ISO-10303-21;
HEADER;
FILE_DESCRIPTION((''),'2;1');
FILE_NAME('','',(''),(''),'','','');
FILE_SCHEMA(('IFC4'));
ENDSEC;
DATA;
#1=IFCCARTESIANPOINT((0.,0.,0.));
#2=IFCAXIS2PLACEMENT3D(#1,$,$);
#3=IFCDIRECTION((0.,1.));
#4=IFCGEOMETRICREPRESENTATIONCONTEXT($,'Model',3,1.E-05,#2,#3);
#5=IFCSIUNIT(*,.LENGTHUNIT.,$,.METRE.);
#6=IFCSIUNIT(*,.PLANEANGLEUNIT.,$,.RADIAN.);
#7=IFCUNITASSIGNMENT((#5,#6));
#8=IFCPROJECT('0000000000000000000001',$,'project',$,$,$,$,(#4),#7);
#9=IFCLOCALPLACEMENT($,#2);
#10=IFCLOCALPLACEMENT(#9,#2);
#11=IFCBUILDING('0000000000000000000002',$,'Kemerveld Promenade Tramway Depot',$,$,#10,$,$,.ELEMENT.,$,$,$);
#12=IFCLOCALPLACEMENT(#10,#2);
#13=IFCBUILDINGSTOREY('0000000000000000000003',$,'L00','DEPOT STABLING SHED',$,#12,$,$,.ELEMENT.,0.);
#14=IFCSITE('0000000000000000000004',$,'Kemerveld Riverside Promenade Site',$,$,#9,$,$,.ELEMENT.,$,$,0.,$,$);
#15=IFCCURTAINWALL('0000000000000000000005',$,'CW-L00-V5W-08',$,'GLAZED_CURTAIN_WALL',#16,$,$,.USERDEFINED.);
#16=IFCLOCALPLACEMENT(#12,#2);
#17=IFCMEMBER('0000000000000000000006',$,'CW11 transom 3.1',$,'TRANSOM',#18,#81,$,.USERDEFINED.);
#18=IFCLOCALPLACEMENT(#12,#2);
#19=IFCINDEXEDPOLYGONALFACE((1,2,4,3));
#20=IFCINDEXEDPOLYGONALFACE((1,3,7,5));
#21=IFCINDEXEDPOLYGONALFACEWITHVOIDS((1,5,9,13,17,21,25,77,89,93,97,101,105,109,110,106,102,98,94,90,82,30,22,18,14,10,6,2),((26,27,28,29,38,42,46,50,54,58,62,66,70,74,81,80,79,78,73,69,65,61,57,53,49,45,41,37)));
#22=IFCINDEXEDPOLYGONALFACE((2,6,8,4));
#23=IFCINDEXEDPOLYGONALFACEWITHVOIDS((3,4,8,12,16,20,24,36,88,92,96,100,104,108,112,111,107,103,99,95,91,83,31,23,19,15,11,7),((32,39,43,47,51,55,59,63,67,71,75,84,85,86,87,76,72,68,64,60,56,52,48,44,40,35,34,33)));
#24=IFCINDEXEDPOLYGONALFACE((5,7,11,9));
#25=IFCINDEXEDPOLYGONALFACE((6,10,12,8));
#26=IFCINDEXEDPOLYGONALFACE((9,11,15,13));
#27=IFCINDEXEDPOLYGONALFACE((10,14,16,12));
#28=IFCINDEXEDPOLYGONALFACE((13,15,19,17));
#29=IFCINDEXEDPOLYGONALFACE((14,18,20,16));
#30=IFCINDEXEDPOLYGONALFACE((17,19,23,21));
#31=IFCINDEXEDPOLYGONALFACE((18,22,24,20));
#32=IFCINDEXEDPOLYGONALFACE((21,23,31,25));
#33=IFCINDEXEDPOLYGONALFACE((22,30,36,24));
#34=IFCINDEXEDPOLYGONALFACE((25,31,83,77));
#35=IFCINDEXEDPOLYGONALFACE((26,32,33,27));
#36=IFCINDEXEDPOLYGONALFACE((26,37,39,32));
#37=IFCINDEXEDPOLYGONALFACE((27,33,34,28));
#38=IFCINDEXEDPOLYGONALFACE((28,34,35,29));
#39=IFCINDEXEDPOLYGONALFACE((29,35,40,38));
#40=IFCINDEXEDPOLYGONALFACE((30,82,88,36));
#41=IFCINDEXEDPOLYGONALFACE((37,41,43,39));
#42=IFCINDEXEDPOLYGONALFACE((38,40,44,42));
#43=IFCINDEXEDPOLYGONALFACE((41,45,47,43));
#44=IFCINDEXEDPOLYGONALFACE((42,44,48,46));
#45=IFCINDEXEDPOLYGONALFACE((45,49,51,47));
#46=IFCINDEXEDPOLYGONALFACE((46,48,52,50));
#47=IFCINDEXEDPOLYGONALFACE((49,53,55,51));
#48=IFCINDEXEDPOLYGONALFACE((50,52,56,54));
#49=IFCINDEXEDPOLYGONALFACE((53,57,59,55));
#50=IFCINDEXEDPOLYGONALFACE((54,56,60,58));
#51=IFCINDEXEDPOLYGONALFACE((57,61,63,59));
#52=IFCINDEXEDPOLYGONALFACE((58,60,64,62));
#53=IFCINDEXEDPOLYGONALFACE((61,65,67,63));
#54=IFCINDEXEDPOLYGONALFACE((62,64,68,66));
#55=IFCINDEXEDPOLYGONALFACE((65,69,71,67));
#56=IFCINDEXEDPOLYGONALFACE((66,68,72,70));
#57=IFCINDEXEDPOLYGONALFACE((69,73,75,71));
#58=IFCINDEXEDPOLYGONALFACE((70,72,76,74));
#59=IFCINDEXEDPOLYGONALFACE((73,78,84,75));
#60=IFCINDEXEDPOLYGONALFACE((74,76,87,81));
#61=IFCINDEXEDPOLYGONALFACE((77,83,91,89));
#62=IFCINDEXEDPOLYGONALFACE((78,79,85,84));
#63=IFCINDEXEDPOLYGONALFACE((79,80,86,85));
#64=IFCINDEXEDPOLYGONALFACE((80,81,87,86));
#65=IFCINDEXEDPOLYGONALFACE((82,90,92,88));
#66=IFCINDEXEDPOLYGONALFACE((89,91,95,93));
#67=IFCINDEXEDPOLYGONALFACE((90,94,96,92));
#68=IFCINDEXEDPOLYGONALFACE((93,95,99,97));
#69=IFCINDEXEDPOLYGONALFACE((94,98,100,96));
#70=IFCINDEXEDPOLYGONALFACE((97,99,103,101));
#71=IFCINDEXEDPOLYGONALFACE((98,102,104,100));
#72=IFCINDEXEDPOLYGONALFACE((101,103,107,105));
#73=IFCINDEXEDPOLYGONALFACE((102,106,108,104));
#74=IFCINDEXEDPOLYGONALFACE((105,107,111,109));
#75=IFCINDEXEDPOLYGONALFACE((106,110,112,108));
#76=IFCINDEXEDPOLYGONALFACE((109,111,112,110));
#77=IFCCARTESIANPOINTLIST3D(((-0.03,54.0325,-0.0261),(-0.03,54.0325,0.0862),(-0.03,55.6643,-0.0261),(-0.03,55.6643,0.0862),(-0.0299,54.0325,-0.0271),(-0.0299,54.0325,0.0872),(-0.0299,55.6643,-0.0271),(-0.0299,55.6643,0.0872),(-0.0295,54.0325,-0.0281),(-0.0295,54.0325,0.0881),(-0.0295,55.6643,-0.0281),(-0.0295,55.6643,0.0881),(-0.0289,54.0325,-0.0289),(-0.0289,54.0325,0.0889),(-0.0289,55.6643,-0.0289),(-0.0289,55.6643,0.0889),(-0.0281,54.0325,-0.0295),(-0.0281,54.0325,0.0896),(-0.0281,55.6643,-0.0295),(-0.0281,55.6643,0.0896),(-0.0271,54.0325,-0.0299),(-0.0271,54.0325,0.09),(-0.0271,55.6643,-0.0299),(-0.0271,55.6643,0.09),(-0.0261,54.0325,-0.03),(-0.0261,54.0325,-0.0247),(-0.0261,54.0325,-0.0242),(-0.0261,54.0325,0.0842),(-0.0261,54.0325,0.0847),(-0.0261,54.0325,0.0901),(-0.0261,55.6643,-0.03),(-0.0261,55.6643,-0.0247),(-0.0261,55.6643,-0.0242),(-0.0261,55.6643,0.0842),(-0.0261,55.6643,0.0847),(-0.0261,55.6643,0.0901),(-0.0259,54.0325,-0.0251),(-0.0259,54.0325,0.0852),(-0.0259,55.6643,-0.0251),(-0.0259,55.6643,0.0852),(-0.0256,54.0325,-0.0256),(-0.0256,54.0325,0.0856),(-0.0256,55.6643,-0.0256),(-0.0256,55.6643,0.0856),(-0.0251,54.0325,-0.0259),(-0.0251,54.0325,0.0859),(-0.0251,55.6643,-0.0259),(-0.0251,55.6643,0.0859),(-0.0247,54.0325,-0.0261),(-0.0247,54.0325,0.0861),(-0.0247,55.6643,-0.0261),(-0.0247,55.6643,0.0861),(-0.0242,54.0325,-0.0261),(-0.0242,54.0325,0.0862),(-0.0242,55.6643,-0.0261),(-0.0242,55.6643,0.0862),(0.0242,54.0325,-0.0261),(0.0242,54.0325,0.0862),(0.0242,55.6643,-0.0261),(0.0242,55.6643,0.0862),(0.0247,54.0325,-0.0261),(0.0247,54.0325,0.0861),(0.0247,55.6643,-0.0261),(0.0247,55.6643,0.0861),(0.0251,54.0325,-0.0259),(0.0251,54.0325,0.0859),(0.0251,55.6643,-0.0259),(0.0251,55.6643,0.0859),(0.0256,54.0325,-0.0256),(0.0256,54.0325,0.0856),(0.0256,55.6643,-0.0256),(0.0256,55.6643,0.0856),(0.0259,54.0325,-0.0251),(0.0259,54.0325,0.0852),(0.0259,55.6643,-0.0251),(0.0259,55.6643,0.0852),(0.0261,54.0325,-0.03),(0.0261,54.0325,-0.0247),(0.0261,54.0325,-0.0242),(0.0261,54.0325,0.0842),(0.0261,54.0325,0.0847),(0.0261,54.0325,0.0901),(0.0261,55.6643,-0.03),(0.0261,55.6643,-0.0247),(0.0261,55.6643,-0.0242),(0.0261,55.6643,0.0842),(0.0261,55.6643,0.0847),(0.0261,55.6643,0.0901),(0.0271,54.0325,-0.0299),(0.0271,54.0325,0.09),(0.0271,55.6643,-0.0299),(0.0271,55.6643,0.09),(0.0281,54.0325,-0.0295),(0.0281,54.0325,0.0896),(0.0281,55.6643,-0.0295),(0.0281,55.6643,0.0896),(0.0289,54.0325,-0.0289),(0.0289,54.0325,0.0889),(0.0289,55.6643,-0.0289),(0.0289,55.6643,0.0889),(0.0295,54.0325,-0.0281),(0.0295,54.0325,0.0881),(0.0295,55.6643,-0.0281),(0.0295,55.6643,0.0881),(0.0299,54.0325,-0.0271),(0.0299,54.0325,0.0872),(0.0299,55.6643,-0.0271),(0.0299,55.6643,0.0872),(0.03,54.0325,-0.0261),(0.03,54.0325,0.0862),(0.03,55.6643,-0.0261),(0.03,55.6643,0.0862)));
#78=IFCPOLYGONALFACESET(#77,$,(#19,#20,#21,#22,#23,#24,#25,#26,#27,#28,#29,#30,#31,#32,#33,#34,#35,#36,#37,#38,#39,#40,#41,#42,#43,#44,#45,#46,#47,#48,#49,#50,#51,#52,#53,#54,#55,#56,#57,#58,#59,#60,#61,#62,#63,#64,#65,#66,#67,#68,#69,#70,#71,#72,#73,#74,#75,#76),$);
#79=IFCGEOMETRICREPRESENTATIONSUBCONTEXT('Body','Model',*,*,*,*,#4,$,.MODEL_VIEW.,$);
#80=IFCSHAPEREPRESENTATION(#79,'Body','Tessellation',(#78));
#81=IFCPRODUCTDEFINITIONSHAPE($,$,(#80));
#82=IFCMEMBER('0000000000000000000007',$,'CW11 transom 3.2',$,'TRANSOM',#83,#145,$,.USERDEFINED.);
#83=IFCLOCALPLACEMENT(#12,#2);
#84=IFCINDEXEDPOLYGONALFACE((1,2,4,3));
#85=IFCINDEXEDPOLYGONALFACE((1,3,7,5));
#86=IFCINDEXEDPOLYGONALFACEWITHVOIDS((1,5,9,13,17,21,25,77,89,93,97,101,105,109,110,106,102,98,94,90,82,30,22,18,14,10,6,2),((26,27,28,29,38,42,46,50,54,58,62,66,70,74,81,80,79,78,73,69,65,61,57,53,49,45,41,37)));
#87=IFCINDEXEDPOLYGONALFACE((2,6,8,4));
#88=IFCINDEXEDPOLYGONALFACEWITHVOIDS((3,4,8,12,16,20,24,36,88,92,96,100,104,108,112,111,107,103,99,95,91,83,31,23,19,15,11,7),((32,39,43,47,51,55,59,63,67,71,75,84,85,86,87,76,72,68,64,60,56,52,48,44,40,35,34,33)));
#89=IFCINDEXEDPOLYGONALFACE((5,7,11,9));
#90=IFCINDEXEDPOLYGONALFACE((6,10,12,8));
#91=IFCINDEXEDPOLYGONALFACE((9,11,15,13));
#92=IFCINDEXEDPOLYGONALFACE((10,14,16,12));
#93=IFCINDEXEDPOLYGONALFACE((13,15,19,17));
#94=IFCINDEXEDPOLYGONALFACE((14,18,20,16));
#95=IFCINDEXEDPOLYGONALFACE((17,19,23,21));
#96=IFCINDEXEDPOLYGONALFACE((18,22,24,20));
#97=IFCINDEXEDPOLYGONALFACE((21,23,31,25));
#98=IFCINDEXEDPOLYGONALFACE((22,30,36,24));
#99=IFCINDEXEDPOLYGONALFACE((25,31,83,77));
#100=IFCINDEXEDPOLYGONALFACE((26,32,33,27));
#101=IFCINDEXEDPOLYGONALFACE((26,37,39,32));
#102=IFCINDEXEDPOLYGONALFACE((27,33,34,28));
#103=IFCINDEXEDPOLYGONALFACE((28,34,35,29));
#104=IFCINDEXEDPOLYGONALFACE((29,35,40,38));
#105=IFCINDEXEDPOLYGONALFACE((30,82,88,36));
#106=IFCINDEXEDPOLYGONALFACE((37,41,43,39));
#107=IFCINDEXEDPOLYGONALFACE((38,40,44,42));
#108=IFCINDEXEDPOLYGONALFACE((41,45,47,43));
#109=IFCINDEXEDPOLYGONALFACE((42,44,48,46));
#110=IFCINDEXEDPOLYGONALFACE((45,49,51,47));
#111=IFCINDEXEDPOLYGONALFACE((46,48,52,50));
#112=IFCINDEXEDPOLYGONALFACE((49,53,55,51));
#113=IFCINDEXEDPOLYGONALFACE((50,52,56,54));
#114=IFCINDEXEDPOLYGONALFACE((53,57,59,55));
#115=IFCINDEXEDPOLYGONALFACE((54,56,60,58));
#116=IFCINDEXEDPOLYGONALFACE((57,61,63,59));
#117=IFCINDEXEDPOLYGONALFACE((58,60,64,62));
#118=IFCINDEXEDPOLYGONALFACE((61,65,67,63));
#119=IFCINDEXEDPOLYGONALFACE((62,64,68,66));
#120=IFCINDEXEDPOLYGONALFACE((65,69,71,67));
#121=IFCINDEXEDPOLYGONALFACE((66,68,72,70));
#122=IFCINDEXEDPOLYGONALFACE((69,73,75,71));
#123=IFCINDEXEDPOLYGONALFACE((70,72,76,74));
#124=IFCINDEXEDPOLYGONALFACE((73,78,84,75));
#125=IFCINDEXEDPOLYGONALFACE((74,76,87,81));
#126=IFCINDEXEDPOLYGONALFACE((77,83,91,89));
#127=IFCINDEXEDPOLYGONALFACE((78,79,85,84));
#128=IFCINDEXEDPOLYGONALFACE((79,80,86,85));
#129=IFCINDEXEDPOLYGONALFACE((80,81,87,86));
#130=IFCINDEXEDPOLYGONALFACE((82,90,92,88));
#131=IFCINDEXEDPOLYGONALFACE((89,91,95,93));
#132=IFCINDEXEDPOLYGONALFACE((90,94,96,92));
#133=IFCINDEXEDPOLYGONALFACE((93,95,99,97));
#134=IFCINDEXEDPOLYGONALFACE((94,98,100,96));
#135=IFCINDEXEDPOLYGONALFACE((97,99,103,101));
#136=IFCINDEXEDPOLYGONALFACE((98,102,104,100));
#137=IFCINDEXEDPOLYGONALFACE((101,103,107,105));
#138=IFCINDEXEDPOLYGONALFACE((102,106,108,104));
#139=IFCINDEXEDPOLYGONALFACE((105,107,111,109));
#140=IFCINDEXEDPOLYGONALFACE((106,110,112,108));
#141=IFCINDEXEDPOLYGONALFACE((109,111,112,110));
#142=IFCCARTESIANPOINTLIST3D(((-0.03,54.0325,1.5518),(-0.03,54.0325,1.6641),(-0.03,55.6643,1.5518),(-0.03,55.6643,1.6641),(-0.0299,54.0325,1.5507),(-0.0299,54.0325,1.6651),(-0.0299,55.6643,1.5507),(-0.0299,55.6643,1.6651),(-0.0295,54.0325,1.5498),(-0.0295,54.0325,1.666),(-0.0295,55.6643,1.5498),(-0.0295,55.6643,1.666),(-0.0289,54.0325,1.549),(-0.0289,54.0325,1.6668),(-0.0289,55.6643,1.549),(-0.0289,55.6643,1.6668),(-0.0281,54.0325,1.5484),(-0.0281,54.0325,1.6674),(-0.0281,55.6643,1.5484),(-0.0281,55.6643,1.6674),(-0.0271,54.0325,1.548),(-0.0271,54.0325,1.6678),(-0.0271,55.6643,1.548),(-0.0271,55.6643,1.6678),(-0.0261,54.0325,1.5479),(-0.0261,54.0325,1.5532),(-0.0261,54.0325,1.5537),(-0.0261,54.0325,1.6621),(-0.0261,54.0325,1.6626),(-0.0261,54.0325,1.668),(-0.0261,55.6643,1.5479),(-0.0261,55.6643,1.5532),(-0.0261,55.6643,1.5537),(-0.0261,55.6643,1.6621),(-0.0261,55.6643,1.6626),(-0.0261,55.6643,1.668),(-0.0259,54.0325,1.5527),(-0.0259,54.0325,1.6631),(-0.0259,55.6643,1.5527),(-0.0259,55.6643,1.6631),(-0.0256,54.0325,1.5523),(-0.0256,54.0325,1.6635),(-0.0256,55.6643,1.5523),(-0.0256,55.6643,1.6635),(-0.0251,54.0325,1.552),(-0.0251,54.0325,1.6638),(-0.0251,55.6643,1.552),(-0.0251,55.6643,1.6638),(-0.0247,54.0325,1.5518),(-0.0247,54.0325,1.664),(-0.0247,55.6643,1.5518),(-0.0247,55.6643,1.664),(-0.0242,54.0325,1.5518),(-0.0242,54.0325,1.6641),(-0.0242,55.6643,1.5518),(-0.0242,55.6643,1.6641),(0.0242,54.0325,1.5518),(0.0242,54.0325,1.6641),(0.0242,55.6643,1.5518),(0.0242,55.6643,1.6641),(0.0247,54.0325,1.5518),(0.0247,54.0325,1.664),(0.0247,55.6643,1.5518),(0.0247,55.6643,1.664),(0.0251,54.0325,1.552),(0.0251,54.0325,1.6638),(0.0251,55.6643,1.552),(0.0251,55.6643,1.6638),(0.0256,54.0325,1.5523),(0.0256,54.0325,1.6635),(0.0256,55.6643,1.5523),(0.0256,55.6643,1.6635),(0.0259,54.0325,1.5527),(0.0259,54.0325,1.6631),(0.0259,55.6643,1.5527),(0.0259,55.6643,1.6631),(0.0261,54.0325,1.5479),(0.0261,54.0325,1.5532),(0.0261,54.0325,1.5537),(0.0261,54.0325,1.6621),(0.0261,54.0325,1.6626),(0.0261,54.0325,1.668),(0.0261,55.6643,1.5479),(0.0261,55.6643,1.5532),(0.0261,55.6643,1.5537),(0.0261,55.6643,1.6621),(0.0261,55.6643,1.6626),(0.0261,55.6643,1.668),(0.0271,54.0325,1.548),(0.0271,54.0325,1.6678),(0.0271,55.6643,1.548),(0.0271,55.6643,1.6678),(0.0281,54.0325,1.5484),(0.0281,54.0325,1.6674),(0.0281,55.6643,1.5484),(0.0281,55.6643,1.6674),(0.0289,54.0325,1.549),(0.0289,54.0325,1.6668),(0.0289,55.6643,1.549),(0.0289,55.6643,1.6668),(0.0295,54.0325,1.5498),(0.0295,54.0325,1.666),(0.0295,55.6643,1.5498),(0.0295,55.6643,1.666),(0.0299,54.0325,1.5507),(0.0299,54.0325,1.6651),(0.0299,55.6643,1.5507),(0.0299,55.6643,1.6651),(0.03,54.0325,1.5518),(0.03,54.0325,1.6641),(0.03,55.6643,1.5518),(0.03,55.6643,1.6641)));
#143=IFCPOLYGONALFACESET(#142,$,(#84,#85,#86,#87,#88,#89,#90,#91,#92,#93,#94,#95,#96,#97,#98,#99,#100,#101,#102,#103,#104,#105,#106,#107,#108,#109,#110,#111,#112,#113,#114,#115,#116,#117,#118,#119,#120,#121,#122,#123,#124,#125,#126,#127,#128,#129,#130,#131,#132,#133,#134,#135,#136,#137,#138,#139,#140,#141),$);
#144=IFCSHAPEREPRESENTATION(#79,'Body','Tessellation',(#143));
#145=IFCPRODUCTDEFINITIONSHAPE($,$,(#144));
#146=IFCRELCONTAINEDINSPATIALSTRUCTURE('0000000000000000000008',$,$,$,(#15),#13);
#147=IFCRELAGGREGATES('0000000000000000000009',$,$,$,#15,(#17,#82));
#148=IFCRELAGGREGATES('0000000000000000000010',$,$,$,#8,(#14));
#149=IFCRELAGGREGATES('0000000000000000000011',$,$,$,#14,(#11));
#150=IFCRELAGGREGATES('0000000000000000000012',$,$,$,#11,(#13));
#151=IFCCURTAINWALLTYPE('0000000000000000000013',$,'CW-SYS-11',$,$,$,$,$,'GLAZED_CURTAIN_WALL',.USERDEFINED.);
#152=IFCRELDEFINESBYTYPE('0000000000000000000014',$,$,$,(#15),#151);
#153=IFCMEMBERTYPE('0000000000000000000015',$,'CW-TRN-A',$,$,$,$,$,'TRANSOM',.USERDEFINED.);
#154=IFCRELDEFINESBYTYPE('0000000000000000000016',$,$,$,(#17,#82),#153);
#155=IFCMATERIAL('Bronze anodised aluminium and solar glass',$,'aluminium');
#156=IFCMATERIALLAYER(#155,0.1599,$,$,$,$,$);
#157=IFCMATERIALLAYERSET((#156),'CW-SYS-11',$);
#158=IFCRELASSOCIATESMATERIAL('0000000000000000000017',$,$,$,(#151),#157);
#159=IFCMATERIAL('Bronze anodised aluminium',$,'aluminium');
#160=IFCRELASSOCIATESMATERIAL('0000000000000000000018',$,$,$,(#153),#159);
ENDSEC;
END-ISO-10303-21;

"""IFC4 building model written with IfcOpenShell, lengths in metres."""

from ifc_helpers import new_model, si_unit, direction, frame, origin, origin_2d, place, context, subcontext, project, spatial, hollow_rectangle, extrude, material, layer, layer_set, material_profile, profile_set, type_object, element, aggregate, save


model = new_model("IFC4")

# Units and contexts
model_context = context("Model", 3, precision=1e-05, world=origin(), true_north=direction((0.0, 1.0)))
body_context = subcontext(model_context, "Body", "Model", "MODEL_VIEW")
ifc_project = project(units=[si_unit("LENGTHUNIT", "METRE"), si_unit("PLANEANGLEUNIT", "RADIAN")], contexts=[model_context])

# Site, building, storey
site_placement = place(None, origin())
site = spatial("IfcSite", under=ifc_project, at=site_placement, Name="Kemerveld Riverside Promenade Site", CompositionType="ELEMENT", RefElevation=0.0)
building_placement = place(site_placement, origin())
building = spatial("IfcBuilding", under=site, at=building_placement, Name="Kemerveld Promenade Tramway Depot", CompositionType="ELEMENT")
storey_placement = place(building_placement, origin())
storey = spatial("IfcBuildingStorey", under=building, at=storey_placement, Name="L00", Description="DEPOT STABLING SHED", CompositionType="ELEMENT", Elevation=0.0)

# Curtain wall, members
ifc_material_1 = material(Name="Bronze anodised aluminium and solar glass", Category="aluminium")
ifc_layer_1 = layer(ifc_material_1, 0.1599)
ifc_layer_set_1 = layer_set([ifc_layer_1], Name="CW-SYS-11")
curtain_wall_type = type_object("IfcCurtainWallType", Name="CW-SYS-11", ElementType="GLAZED_CURTAIN_WALL", PredefinedType="USERDEFINED", material=ifc_layer_set_1)
curtain_wall_placement = place(storey_placement, origin())
curtain_wall = element("IfcCurtainWall", 1, at=curtain_wall_placement, inside=storey, type_object=curtain_wall_type, Name="CW-L00-V5W-08", ObjectType="GLAZED_CURTAIN_WALL", PredefinedType="USERDEFINED")
ifc_material_2 = material(Name="Bronze anodised aluminium", Category="aluminium")
ifc_material_profile_1 = material_profile(ifc_material_2, hollow_rectangle(XDim=0.0601, YDim=0.1201, WallThickness=0.0039, InnerFilletRadius=0.002, OuterFilletRadius=0.0039, at=origin_2d()), Name="CW-TRN-120x60")
ifc_profile_set_1 = profile_set([ifc_material_profile_1], Name="Bronze anodised aluminium")
member_type_1 = type_object("IfcMemberType", Name="CW-TRN-A", ElementType="TRANSOM", PredefinedType="USERDEFINED", material=ifc_profile_set_1)
member_1_placement = place(storey_placement, frame((0.0, 54.0325, 0.03), z_axis=(0.0, 1.0, 0.0), x_axis=(-1.0, 0.0, 0.0)))
member_1 = element("IfcMember", 2, at=member_1_placement, type_object=member_type_1, Name="CW11 transom 3.1", ObjectType="TRANSOM", PredefinedType="USERDEFINED", context=body_context, shape_type="SweptSolid", body=[
    extrude(hollow_rectangle(XDim=0.0601, YDim=0.1201, WallThickness=0.0039, InnerFilletRadius=0.002, OuterFilletRadius=0.0039, at=origin_2d()), origin(), (0.0, 0.0, 1.0), 1.6318),
])
member_2_placement = place(storey_placement, frame((0.0, 54.0325, 1.6079), z_axis=(0.0, 1.0, 0.0), x_axis=(-1.0, 0.0, 0.0)))
member_2 = element("IfcMember", 3, at=member_2_placement, type_object=member_type_1, Name="CW11 transom 3.2", ObjectType="TRANSOM", PredefinedType="USERDEFINED", context=body_context, shape_type="SweptSolid", body=[
    extrude(hollow_rectangle(XDim=0.0601, YDim=0.1201, WallThickness=0.0039, InnerFilletRadius=0.002, OuterFilletRadius=0.0039, at=origin_2d()), origin(), (0.0, 0.0, 1.0), 1.6318),
])
aggregate(curtain_wall, [member_1, member_2])

save(model, "model.ifc")
